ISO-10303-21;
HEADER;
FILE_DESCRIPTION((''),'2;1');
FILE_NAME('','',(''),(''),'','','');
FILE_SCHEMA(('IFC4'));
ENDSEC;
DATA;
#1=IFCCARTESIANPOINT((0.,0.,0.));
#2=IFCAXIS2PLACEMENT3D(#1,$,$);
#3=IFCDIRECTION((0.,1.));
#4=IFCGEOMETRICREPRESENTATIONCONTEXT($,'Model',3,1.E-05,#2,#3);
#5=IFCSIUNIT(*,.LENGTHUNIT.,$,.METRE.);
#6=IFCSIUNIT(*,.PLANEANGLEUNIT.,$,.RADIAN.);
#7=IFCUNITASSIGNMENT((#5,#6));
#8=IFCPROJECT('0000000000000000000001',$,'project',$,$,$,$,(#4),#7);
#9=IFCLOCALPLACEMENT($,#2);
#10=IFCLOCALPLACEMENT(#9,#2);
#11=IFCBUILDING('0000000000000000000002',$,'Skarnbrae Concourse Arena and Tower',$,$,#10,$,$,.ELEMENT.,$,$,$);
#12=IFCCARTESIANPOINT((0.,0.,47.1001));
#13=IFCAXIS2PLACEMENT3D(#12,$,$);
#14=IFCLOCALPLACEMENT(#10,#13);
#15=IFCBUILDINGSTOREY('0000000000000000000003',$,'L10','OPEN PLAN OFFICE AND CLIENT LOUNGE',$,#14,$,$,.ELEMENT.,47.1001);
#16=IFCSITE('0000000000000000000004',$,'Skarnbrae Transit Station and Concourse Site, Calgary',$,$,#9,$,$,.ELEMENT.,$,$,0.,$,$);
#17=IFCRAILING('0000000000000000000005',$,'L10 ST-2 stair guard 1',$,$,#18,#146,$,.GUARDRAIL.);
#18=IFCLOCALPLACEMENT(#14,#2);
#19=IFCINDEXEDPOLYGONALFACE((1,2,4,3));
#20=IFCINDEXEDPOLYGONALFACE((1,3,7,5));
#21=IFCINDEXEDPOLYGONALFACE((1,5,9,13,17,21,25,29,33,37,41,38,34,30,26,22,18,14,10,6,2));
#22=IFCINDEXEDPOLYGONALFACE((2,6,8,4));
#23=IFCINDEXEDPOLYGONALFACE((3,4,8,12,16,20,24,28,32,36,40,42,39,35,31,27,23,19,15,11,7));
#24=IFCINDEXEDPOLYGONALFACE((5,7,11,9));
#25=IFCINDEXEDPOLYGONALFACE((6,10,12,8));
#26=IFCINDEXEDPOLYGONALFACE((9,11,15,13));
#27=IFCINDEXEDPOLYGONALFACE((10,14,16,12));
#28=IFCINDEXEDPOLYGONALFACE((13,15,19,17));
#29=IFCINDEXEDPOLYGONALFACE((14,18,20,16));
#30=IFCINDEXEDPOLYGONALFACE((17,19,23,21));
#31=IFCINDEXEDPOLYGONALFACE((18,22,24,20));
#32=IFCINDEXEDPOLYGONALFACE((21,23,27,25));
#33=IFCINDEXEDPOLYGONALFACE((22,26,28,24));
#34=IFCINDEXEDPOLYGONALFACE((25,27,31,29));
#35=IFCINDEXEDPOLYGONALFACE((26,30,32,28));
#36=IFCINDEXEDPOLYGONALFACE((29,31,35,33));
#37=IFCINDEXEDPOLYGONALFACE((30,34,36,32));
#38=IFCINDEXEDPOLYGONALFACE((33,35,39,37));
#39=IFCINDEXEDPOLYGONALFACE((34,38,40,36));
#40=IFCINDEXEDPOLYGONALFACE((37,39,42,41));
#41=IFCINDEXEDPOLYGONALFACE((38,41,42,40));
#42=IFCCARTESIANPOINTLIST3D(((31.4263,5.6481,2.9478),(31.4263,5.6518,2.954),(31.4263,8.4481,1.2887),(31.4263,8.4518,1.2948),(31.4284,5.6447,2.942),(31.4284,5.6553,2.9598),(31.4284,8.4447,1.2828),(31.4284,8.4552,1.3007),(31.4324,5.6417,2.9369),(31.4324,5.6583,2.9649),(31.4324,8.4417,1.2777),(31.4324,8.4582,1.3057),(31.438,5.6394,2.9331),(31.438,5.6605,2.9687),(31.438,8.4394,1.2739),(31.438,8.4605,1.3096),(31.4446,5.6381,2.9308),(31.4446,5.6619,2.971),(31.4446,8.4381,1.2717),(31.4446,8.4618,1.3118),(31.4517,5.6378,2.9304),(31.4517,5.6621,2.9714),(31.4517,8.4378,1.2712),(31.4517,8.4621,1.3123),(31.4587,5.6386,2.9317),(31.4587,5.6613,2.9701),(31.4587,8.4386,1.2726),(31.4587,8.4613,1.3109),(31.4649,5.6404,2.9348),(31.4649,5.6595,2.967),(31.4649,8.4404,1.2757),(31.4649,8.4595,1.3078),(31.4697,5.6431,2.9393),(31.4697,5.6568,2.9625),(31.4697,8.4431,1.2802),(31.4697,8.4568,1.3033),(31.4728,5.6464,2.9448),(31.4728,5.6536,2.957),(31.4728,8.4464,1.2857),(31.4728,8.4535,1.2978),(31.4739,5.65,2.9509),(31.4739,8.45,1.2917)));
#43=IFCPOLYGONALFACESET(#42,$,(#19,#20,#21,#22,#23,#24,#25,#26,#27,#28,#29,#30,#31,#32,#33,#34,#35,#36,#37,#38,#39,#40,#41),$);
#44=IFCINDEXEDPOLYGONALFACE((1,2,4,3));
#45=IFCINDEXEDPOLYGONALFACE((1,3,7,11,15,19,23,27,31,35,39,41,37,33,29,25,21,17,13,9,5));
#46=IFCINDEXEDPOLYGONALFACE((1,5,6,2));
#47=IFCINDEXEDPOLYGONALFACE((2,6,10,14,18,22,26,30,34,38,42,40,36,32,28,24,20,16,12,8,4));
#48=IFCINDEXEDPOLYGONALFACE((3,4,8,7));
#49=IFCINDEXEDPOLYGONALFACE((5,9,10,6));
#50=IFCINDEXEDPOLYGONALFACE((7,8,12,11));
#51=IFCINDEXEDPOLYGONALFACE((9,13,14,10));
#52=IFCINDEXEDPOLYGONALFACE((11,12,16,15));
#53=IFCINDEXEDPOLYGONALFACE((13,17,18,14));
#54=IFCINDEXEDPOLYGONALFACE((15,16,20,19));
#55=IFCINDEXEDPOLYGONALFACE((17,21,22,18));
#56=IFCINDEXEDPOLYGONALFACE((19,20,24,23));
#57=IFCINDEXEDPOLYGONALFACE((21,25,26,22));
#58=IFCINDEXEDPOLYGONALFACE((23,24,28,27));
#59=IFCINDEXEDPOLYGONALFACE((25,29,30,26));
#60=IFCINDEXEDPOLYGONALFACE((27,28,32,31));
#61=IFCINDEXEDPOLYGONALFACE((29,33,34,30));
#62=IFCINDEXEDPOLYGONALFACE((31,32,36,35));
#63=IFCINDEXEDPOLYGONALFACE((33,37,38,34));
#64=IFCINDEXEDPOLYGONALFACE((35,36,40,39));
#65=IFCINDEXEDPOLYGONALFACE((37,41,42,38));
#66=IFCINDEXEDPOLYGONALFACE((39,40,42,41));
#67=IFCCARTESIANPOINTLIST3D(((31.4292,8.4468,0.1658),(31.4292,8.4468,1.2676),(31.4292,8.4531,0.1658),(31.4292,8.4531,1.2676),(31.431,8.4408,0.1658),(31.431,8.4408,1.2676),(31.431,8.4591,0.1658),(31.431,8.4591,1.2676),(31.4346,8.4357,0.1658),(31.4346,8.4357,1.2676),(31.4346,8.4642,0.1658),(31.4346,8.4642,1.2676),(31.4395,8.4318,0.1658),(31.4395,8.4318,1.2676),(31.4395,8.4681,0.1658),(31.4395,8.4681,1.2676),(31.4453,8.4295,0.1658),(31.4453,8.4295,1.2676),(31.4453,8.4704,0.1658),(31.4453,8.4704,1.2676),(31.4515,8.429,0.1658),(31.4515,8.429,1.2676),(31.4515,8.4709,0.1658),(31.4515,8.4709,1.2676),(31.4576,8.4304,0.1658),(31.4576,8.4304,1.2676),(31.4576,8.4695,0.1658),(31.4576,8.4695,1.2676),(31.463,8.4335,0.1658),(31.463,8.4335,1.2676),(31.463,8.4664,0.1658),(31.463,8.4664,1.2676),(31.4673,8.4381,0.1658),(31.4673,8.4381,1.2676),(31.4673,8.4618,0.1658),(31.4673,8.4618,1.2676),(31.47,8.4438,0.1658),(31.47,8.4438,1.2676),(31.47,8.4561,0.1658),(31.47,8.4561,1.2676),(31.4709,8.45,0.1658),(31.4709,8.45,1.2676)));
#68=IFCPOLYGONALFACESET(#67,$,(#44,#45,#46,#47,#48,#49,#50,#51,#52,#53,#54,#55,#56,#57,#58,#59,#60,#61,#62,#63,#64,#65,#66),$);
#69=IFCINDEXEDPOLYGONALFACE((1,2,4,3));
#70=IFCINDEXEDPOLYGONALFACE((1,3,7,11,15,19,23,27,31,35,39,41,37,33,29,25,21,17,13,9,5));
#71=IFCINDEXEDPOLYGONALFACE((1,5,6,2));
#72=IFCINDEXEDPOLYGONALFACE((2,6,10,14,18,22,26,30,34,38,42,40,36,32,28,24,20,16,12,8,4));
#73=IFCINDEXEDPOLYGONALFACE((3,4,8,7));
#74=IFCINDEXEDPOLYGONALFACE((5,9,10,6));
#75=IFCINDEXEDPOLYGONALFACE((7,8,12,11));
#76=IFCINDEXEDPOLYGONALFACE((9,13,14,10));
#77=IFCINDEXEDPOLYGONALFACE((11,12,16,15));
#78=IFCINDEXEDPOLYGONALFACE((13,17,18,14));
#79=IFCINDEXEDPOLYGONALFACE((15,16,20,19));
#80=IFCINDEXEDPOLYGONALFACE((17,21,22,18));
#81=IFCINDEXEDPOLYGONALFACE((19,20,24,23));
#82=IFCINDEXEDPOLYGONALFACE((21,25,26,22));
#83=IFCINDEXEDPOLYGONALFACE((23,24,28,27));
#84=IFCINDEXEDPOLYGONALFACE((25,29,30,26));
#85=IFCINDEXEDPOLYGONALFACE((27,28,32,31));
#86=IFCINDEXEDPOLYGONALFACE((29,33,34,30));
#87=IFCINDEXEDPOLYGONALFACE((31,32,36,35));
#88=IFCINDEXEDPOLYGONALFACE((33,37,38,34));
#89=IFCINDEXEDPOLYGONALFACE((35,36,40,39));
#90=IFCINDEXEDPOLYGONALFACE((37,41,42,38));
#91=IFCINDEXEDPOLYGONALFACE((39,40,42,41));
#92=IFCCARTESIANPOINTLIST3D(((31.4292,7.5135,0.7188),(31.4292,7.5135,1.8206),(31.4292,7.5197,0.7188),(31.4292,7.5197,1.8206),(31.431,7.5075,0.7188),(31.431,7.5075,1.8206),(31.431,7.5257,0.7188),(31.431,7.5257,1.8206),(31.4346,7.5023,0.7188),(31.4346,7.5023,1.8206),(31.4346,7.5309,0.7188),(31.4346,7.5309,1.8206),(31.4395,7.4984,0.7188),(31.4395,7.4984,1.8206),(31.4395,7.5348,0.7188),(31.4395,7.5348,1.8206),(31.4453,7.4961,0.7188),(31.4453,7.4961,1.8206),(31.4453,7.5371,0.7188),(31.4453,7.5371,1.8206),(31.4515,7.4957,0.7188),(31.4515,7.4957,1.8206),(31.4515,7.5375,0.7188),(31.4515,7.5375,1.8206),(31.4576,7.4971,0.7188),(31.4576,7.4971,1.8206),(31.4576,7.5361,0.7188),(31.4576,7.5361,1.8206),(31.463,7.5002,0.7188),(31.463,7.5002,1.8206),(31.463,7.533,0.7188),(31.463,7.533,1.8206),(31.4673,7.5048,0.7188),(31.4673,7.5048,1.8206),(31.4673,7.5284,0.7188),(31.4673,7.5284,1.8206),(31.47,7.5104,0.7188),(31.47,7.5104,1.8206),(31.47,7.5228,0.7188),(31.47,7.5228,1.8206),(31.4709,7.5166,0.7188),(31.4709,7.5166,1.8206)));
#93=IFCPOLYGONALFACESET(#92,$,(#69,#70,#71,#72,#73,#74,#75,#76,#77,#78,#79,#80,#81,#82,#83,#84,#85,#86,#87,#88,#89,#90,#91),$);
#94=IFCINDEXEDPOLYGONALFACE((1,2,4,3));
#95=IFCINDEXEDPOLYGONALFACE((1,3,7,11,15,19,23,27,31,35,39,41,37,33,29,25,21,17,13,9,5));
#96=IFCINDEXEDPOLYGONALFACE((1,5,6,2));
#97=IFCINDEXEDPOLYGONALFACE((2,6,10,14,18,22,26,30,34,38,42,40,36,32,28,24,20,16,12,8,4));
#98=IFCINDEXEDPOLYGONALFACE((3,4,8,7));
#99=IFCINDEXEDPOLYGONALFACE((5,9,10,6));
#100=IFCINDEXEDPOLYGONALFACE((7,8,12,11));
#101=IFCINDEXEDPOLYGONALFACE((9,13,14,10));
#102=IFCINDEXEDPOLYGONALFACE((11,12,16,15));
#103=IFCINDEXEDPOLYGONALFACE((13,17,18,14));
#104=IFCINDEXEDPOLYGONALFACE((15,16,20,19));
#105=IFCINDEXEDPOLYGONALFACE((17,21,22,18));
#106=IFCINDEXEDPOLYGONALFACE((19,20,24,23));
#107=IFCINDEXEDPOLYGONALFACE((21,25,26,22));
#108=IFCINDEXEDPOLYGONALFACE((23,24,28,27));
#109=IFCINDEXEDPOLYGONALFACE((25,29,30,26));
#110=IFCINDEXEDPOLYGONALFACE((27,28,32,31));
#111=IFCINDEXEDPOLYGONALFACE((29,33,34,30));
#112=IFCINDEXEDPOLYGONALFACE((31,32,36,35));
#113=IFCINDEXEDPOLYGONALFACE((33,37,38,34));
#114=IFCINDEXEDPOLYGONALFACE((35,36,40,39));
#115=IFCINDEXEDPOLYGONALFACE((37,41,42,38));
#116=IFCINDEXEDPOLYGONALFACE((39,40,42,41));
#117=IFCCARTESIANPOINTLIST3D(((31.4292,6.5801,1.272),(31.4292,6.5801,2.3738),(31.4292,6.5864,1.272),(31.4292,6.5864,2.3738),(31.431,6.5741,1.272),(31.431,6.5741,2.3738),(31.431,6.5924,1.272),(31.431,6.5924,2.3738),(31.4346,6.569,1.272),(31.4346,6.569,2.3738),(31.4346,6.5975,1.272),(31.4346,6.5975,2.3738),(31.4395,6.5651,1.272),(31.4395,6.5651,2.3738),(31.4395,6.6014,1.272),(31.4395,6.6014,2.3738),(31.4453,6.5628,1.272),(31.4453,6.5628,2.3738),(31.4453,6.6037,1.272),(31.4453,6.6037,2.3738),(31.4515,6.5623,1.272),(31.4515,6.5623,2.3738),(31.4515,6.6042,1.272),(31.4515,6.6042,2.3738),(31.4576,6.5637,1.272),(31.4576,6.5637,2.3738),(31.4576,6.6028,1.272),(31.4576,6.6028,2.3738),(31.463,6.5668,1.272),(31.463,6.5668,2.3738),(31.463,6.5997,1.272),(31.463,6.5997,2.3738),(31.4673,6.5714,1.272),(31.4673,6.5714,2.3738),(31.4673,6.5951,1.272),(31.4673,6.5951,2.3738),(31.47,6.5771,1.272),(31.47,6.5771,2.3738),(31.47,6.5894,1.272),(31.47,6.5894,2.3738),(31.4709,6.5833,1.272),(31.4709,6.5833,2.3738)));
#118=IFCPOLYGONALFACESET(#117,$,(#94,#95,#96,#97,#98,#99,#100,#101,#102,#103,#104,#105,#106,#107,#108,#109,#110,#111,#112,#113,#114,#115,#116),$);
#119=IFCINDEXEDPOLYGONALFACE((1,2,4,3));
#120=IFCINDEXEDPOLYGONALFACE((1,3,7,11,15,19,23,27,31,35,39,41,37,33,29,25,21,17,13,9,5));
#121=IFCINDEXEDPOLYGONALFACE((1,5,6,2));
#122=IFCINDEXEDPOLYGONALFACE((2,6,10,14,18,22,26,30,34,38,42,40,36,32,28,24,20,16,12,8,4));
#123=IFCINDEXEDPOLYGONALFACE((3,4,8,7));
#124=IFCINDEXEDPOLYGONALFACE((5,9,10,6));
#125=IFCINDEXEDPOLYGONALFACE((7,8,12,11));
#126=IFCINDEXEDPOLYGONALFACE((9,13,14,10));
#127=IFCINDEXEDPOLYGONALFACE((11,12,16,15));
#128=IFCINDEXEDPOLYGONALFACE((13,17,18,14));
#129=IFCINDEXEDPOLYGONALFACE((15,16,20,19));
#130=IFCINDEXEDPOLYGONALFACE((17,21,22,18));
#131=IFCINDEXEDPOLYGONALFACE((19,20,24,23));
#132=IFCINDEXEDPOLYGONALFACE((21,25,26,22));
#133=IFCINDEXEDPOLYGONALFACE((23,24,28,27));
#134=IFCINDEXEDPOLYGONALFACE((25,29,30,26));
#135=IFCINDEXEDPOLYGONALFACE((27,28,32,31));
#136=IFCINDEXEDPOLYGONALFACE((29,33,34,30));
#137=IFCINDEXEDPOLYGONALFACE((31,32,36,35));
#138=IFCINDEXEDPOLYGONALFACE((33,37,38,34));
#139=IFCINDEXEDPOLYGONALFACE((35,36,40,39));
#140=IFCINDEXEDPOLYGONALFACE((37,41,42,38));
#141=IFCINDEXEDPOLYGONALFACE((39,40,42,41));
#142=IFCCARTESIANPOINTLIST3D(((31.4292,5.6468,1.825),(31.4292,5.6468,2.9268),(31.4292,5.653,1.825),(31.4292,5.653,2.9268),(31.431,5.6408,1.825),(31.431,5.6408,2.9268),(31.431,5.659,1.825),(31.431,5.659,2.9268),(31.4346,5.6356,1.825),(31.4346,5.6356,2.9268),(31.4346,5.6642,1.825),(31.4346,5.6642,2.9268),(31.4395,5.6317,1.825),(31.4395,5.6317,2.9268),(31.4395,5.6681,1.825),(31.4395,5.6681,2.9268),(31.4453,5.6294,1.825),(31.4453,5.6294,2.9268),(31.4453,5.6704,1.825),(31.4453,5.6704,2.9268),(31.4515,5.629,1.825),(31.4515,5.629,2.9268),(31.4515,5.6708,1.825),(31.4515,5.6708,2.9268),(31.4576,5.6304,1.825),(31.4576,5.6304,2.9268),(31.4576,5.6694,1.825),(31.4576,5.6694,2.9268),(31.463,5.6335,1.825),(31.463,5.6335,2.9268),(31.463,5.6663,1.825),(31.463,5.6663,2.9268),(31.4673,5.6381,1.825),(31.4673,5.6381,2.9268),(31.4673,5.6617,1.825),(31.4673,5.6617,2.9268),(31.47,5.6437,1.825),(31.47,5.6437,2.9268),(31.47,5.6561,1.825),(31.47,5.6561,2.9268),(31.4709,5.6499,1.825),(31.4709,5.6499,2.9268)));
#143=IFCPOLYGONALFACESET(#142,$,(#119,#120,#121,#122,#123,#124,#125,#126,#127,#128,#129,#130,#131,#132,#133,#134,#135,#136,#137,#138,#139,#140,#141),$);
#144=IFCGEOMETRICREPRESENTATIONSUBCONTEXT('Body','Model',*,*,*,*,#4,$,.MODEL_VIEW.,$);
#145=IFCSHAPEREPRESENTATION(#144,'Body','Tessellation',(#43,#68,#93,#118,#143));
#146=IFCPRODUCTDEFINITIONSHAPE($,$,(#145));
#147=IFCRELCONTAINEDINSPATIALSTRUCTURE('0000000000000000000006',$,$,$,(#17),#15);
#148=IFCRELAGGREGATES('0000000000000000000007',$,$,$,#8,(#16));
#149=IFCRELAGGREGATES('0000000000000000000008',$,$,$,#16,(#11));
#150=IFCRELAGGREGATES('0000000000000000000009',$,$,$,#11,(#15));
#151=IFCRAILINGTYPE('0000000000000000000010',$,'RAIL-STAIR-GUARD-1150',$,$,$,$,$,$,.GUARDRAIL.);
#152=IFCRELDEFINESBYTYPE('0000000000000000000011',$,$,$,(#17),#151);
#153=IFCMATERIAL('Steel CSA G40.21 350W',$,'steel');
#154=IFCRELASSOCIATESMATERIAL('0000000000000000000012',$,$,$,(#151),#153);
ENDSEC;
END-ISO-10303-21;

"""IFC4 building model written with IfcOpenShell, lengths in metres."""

from ifc_helpers import new_model, si_unit, direction, frame, origin, origin_2d, place, context, subcontext, project, spatial, circle, extrude, material, type_object, element, save


model = new_model("IFC4")

# Units and contexts
model_context = context("Model", 3, precision=1e-05, world=origin(), true_north=direction((0.0, 1.0)))
body_context = subcontext(model_context, "Body", "Model", "MODEL_VIEW")
ifc_project = project(units=[si_unit("LENGTHUNIT", "METRE"), si_unit("PLANEANGLEUNIT", "RADIAN")], contexts=[model_context])

# Site, building, storey
site_placement = place(None, origin())
site = spatial("IfcSite", under=ifc_project, at=site_placement, Name="Skarnbrae Transit Station and Concourse Site, Calgary", CompositionType="ELEMENT", RefElevation=0.0)
building_placement = place(site_placement, origin())
building = spatial("IfcBuilding", under=site, at=building_placement, Name="Skarnbrae Concourse Arena and Tower", CompositionType="ELEMENT")
storey_placement = place(building_placement, frame((0.0, 0.0, 47.1001)))
storey = spatial("IfcBuildingStorey", under=building, at=storey_placement, Name="L10", Description="OPEN PLAN OFFICE AND CLIENT LOUNGE", CompositionType="ELEMENT", Elevation=47.1001)

# Shared definitions
ifc_material_1 = material(Name="Steel CSA G40.21 350W", Category="steel")

# Railing
railing_type_1 = type_object("IfcRailingType", Name="RAIL-STAIR-GUARD-1150", PredefinedType="GUARDRAIL", material=ifc_material_1)
railing_1_placement = place(storey_placement, frame((31.45, 8.45, 0.1658)))
element("IfcRailing", 1, at=railing_1_placement, inside=storey, type_object=railing_type_1, Name="L10 ST-2 stair guard 1", PredefinedType="GUARDRAIL", context=body_context, shape_type="SweptSolid", body=[
    extrude(circle(Radius=0.0239, at=origin_2d()), frame((0.0, 0.0, 1.126), z_axis=(0.0, -0.860306, 0.509778), x_axis=(1.0, 0.0, 0.0)), (0.0, 0.0, 1.0), 3.2546),
    extrude(circle(Radius=0.021, at=origin_2d()), origin(), (0.0, 0.0, 1.0), 1.1018),
    extrude(circle(Radius=0.021, at=origin_2d()), frame((0.0, -0.9333, 0.553)), (0.0, 0.0, 1.0), 1.1018),
    extrude(circle(Radius=0.021, at=origin_2d()), frame((0.0, -1.8667, 1.1062)), (0.0, 0.0, 1.0), 1.1018),
    extrude(circle(Radius=0.021, at=origin_2d()), frame((0.0, -2.8, 1.6592)), (0.0, 0.0, 1.0), 1.1018),
])

save(model, "model.ifc")
